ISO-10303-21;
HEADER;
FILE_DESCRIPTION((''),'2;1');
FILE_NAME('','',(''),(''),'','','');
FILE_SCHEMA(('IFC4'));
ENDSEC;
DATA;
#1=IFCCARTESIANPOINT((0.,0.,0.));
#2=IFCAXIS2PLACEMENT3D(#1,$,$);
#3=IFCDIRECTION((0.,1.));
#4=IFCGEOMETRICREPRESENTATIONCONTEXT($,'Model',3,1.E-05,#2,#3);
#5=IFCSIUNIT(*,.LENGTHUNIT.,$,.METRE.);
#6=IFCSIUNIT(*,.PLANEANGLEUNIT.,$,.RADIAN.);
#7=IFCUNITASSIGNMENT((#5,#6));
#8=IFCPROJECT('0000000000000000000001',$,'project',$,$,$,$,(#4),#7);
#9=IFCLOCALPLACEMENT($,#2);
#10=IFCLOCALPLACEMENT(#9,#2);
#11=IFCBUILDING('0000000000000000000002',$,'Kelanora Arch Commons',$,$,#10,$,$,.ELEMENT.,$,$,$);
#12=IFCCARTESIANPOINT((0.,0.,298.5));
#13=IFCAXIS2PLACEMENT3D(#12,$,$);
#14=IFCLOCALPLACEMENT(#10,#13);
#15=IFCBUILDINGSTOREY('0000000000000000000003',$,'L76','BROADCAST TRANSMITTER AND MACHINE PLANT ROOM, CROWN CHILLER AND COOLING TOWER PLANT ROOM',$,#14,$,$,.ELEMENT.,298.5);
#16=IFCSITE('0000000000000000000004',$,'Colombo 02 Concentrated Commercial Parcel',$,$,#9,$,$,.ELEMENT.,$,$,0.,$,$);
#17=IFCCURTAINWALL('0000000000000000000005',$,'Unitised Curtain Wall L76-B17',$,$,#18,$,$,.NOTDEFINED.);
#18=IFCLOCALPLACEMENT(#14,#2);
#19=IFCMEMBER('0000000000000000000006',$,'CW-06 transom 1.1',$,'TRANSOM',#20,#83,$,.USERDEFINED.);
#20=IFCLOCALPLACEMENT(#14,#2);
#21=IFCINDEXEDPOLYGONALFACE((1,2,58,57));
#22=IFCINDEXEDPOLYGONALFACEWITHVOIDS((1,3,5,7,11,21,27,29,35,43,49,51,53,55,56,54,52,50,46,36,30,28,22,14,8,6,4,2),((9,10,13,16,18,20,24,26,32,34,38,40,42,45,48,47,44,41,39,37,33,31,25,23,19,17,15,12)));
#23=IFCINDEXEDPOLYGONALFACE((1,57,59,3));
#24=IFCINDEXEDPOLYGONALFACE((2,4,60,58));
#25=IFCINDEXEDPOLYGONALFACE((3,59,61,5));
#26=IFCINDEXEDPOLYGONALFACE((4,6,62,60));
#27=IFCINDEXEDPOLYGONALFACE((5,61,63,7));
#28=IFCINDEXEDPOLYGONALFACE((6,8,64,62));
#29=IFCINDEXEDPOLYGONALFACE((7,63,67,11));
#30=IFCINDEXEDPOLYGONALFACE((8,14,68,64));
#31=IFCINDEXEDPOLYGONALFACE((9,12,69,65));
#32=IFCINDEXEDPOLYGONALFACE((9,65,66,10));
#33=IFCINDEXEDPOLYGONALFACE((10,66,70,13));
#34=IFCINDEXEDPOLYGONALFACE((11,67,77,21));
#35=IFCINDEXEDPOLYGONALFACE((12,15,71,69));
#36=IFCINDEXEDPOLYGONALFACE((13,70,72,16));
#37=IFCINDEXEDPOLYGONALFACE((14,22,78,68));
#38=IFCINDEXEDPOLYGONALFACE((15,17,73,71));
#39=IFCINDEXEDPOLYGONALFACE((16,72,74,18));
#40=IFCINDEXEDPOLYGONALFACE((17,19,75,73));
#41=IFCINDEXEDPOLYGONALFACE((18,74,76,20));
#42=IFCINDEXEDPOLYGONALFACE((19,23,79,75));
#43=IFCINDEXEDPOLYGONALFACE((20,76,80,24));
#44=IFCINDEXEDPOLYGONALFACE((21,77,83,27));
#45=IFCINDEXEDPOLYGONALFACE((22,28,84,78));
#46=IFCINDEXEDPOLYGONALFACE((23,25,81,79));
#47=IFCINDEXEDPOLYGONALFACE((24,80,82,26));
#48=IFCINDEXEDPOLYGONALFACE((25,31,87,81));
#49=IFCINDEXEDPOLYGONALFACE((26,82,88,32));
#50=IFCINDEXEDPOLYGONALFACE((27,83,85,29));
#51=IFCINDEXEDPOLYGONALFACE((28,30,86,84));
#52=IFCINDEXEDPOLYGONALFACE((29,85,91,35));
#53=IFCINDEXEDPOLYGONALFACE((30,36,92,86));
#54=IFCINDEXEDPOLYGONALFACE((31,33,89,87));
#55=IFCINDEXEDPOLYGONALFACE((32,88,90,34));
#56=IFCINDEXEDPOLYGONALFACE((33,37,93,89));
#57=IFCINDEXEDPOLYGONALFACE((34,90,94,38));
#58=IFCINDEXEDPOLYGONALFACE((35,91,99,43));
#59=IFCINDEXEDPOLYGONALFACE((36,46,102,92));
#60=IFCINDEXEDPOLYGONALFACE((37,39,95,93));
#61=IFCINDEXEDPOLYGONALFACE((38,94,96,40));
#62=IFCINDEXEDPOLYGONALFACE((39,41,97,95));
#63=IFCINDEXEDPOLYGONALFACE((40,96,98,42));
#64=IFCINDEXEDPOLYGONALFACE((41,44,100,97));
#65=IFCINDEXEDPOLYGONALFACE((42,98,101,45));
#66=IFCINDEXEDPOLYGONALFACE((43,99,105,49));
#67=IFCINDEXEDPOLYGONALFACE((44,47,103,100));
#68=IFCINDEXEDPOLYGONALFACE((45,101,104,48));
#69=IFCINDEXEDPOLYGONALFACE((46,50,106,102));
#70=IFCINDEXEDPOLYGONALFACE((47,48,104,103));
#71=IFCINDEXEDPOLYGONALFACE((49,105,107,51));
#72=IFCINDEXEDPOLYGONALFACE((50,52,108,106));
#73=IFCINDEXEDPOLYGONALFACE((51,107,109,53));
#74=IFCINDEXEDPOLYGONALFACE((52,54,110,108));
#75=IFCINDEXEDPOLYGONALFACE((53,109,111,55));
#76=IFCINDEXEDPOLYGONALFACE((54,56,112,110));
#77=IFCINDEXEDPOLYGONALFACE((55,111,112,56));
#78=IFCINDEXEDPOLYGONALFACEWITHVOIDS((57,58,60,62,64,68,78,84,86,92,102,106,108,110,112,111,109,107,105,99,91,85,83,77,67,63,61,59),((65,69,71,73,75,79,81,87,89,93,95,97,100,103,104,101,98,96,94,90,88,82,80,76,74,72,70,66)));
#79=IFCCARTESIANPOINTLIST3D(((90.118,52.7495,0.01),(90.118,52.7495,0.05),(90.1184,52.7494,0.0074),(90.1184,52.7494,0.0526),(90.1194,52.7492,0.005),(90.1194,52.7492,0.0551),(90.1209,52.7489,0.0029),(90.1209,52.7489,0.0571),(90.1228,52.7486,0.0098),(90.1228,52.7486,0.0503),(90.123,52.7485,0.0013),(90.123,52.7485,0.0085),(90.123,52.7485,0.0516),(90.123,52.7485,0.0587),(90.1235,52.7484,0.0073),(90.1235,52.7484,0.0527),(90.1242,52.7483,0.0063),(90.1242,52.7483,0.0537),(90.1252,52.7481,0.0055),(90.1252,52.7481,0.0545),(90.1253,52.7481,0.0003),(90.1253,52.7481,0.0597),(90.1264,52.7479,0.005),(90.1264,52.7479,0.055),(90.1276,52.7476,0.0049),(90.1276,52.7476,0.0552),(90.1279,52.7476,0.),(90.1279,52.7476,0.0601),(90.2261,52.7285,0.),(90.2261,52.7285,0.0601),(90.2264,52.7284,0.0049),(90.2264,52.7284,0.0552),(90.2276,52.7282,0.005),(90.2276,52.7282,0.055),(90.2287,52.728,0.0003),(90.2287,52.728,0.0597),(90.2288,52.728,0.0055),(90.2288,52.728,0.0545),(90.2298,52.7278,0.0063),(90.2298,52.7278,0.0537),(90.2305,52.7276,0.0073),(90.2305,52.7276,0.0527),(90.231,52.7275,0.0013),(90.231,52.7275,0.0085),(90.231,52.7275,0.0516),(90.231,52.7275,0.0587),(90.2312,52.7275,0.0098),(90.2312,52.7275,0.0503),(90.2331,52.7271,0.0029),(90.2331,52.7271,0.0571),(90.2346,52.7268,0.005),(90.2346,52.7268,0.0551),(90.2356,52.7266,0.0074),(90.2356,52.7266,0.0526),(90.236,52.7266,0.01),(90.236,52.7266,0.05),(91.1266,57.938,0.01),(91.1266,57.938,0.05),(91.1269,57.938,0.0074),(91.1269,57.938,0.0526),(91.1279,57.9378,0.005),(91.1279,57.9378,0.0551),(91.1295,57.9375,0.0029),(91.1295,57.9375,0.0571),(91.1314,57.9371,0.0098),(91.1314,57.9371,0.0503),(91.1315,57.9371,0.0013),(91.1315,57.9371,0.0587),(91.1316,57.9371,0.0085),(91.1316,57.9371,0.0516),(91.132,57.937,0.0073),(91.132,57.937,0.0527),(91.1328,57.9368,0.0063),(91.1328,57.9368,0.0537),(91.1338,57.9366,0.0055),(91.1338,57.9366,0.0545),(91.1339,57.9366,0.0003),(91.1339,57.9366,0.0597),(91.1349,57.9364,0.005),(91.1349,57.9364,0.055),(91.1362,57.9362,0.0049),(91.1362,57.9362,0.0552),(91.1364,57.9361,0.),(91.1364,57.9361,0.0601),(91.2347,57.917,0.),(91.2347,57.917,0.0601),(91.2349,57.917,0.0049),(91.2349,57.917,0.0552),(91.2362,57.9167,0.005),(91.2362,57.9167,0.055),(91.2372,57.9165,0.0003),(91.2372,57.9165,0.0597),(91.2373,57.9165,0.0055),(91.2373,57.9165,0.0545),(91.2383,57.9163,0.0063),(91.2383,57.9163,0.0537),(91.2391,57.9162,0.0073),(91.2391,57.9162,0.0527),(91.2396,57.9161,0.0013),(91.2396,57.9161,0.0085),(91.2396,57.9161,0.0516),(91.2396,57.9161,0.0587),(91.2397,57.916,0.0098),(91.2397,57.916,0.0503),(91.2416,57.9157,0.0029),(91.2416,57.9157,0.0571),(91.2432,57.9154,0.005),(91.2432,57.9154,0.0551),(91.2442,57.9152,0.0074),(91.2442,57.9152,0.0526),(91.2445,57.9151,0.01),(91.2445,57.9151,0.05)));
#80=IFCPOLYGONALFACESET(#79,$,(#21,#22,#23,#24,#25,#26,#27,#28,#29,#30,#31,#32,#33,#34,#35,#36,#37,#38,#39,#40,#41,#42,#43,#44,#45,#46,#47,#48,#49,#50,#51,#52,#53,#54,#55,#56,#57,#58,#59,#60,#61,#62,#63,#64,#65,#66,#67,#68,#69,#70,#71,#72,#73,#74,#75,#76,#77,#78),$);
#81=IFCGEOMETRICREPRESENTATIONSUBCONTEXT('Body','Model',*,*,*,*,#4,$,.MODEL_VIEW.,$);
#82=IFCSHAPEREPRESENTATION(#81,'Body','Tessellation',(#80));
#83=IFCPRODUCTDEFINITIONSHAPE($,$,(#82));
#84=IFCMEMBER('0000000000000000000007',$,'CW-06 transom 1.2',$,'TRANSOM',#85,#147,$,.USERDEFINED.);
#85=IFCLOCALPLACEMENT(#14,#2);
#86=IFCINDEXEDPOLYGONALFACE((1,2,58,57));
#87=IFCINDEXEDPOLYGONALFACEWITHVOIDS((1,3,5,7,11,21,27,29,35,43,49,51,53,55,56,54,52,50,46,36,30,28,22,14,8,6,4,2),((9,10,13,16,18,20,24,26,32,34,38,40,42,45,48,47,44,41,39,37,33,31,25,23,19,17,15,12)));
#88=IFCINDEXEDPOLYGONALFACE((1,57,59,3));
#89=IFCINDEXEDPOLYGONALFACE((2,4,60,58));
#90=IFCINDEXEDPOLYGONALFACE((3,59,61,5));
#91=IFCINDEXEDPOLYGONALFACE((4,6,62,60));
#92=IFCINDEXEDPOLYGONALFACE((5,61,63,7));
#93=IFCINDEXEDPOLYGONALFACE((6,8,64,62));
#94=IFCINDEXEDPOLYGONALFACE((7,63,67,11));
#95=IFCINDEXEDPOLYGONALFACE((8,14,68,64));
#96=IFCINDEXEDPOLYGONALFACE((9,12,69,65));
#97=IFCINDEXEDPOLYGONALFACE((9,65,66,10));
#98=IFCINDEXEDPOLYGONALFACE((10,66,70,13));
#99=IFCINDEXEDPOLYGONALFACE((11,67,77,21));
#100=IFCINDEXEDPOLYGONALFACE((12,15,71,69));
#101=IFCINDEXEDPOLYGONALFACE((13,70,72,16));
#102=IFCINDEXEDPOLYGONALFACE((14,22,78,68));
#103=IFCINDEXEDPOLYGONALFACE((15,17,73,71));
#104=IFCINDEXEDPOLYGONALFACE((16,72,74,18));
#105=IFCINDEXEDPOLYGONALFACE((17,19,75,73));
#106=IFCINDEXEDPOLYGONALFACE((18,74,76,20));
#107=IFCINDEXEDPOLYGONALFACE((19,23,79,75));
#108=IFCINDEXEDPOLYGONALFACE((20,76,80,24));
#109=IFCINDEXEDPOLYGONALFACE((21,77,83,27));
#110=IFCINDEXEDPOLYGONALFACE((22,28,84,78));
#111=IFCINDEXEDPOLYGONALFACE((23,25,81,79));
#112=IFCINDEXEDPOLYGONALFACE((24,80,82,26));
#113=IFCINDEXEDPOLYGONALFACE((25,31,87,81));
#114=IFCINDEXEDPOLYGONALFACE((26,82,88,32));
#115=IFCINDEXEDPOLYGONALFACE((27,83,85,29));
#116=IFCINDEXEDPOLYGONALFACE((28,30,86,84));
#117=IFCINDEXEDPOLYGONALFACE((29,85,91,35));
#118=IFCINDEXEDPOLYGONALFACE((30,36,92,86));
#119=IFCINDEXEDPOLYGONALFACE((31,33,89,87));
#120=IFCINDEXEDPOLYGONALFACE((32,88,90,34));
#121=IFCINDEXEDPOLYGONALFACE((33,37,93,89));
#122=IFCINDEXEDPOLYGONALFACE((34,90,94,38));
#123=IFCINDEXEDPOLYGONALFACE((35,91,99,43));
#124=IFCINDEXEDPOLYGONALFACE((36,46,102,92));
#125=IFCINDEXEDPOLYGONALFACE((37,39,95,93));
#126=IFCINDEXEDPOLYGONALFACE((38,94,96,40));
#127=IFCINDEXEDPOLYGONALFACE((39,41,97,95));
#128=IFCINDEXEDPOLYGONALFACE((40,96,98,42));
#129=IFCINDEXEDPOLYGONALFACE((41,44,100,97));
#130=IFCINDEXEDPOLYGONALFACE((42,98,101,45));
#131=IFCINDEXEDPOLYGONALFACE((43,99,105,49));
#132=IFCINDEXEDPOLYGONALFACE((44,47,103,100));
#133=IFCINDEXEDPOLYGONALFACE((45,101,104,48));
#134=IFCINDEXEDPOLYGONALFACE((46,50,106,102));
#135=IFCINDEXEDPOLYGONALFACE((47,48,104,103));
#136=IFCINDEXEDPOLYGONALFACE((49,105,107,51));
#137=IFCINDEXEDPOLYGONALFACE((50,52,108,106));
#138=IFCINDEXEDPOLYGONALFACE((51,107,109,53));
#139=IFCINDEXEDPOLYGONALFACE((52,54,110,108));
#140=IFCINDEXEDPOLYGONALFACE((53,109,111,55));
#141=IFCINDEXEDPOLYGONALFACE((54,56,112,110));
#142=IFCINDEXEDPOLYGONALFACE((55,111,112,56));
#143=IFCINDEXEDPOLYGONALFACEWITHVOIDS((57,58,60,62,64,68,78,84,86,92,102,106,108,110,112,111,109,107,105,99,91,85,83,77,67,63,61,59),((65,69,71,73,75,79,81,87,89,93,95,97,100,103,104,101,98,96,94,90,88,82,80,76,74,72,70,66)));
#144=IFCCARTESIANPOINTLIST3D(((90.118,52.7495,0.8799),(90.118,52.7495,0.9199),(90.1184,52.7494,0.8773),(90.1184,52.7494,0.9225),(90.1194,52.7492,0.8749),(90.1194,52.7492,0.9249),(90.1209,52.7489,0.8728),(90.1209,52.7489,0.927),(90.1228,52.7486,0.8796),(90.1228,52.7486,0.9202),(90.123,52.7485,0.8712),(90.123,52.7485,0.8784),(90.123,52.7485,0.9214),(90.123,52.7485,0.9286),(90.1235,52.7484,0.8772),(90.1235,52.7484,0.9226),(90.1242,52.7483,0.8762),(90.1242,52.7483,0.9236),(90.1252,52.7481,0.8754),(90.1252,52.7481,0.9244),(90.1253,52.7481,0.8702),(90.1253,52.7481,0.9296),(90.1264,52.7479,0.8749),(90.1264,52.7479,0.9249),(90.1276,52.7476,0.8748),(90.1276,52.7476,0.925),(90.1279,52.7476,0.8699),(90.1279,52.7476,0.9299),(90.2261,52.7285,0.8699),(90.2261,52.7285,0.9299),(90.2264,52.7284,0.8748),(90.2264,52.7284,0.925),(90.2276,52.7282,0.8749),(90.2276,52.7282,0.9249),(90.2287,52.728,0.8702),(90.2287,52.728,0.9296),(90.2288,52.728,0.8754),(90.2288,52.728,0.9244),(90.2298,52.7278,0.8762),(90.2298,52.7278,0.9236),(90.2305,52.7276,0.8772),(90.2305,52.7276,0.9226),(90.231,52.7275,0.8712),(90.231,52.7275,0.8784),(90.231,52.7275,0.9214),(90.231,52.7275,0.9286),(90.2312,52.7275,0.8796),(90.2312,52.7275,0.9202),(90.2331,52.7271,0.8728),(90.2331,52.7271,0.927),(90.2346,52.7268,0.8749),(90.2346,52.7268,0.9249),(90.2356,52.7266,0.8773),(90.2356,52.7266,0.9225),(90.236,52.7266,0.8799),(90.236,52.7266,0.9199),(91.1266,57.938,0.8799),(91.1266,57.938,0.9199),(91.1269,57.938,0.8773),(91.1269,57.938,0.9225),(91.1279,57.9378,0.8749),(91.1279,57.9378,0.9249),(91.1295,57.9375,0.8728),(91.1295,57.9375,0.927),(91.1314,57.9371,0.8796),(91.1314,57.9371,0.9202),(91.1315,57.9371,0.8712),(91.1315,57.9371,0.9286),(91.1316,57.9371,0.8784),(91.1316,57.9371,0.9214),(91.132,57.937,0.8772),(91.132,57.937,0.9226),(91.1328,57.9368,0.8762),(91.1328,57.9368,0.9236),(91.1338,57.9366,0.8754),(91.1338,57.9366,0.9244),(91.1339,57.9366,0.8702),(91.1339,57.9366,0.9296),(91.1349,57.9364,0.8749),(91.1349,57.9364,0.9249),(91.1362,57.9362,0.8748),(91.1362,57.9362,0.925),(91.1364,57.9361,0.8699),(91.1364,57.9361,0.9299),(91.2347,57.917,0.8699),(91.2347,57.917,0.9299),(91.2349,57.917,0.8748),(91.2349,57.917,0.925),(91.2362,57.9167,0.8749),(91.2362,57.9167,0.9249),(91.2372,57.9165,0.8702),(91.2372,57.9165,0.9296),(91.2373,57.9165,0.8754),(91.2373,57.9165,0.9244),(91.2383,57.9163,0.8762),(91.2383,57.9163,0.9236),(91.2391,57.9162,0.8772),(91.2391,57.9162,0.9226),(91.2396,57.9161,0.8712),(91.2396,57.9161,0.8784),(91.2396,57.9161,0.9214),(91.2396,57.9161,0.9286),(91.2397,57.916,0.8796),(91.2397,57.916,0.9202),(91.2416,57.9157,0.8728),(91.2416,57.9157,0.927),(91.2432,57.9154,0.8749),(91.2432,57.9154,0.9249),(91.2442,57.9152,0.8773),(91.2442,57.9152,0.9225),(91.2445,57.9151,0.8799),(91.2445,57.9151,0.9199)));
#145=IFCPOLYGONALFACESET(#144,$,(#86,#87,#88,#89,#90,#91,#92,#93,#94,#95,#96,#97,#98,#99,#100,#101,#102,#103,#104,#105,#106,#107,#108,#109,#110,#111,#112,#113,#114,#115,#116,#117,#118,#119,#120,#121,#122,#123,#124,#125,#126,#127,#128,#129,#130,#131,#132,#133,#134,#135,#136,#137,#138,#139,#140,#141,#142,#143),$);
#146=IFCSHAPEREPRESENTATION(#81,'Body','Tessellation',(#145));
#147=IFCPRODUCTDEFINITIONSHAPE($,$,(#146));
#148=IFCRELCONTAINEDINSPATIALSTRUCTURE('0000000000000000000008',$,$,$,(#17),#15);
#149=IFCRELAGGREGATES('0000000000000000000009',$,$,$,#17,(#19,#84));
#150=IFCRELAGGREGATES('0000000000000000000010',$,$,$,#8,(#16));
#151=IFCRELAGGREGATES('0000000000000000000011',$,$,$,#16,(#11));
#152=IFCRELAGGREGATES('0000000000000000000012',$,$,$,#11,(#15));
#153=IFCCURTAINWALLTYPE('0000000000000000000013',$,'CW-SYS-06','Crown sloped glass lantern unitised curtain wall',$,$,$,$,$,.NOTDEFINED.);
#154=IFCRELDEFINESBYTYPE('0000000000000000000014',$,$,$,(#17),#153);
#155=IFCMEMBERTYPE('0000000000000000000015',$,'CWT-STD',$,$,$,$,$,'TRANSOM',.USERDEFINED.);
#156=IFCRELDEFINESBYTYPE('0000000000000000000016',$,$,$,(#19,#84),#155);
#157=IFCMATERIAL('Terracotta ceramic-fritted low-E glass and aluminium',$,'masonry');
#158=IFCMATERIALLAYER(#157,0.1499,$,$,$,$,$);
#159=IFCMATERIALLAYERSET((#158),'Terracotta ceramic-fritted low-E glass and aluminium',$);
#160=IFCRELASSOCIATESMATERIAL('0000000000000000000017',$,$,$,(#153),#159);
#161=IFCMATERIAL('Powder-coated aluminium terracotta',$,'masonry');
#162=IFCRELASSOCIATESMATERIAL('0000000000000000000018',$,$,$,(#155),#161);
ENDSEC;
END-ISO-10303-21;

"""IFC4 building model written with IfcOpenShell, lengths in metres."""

from ifc_helpers import new_model, si_unit, direction, frame, origin, origin_2d, place, context, subcontext, project, spatial, hollow_rectangle, extrude, material, layer, layer_set, material_profile, profile_set, type_object, element, aggregate, save


model = new_model("IFC4")

# Units and contexts
model_context = context("Model", 3, precision=1e-05, world=origin(), true_north=direction((0.0, 1.0)))
body_context = subcontext(model_context, "Body", "Model", "MODEL_VIEW")
ifc_project = project(units=[si_unit("LENGTHUNIT", "METRE"), si_unit("PLANEANGLEUNIT", "RADIAN")], contexts=[model_context])

# Site, building, storey
site_placement = place(None, origin())
site = spatial("IfcSite", under=ifc_project, at=site_placement, Name="Colombo 02 Concentrated Commercial Parcel", CompositionType="ELEMENT", RefElevation=0.0)
building_placement = place(site_placement, origin())
building = spatial("IfcBuilding", under=site, at=building_placement, Name="Kelanora Arch Commons", CompositionType="ELEMENT")
storey_placement = place(building_placement, frame((0.0, 0.0, 298.5)))
storey = spatial("IfcBuildingStorey", under=building, at=storey_placement, Name="L76", Description="BROADCAST TRANSMITTER AND MACHINE PLANT ROOM, CROWN CHILLER AND COOLING TOWER PLANT ROOM", CompositionType="ELEMENT", Elevation=298.5)

# Shared definitions
ifc_material_1 = material(Name="Terracotta ceramic-fritted low-E glass and aluminium", Category="masonry")
ifc_layer_1 = layer(ifc_material_1, 0.1499)
ifc_layer_set_1 = layer_set([ifc_layer_1], Name="Terracotta ceramic-fritted low-E glass and aluminium")
curtain_wall_type = type_object("IfcCurtainWallType", Name="CW-SYS-06", Description="Crown sloped glass lantern unitised curtain wall", PredefinedType="NOTDEFINED", material=ifc_layer_set_1)
ifc_material_2 = material(Name="Powder-coated aluminium terracotta", Category="masonry")

# Curtain wall, members
curtain_wall_1_placement = place(storey_placement, origin())
curtain_wall_1 = element("IfcCurtainWall", 1, at=curtain_wall_1_placement, inside=storey, type_object=curtain_wall_type, Name="Unitised Curtain Wall L76-B17", PredefinedType="NOTDEFINED")
ifc_material_profile_1 = material_profile(ifc_material_2, hollow_rectangle(XDim=0.1201, YDim=0.0601, WallThickness=0.0049, InnerFilletRadius=0.0049, OuterFilletRadius=0.01, at=origin_2d()), Name="CWT120x60")
ifc_profile_set_1 = profile_set([ifc_material_profile_1], Name="Powder-coated aluminium terracotta")
member_type_1 = type_object("IfcMemberType", Name="CWT-STD", ElementType="TRANSOM", PredefinedType="USERDEFINED", material=ifc_profile_set_1)
member_1_placement = place(storey_placement, frame((90.177, 52.738, 0.03), z_axis=(0.19081, 0.981627, 0.0), x_axis=(-0.981627, 0.19081, 0.0)))
member_1 = element("IfcMember", 2, at=member_1_placement, type_object=member_type_1, Name="CW-06 transom 1.1", ObjectType="TRANSOM", PredefinedType="USERDEFINED", context=body_context, shape_type="SweptSolid", body=[
    extrude(hollow_rectangle(XDim=0.1201, YDim=0.0601, WallThickness=0.0049, InnerFilletRadius=0.0049, OuterFilletRadius=0.01, at=origin_2d()), origin(), (0.0, 0.0, 1.0), 5.2856),
])
member_2_placement = place(storey_placement, frame((90.177, 52.738, 0.8999), z_axis=(0.19081, 0.981627, 0.0), x_axis=(-0.981627, 0.19081, 0.0)))
member_2 = element("IfcMember", 3, at=member_2_placement, type_object=member_type_1, Name="CW-06 transom 1.2", ObjectType="TRANSOM", PredefinedType="USERDEFINED", context=body_context, shape_type="SweptSolid", body=[
    extrude(hollow_rectangle(XDim=0.1201, YDim=0.0601, WallThickness=0.0049, InnerFilletRadius=0.0049, OuterFilletRadius=0.01, at=origin_2d()), origin(), (0.0, 0.0, 1.0), 5.2856),
])
aggregate(curtain_wall_1, [member_1, member_2])

save(model, "model.ifc")
